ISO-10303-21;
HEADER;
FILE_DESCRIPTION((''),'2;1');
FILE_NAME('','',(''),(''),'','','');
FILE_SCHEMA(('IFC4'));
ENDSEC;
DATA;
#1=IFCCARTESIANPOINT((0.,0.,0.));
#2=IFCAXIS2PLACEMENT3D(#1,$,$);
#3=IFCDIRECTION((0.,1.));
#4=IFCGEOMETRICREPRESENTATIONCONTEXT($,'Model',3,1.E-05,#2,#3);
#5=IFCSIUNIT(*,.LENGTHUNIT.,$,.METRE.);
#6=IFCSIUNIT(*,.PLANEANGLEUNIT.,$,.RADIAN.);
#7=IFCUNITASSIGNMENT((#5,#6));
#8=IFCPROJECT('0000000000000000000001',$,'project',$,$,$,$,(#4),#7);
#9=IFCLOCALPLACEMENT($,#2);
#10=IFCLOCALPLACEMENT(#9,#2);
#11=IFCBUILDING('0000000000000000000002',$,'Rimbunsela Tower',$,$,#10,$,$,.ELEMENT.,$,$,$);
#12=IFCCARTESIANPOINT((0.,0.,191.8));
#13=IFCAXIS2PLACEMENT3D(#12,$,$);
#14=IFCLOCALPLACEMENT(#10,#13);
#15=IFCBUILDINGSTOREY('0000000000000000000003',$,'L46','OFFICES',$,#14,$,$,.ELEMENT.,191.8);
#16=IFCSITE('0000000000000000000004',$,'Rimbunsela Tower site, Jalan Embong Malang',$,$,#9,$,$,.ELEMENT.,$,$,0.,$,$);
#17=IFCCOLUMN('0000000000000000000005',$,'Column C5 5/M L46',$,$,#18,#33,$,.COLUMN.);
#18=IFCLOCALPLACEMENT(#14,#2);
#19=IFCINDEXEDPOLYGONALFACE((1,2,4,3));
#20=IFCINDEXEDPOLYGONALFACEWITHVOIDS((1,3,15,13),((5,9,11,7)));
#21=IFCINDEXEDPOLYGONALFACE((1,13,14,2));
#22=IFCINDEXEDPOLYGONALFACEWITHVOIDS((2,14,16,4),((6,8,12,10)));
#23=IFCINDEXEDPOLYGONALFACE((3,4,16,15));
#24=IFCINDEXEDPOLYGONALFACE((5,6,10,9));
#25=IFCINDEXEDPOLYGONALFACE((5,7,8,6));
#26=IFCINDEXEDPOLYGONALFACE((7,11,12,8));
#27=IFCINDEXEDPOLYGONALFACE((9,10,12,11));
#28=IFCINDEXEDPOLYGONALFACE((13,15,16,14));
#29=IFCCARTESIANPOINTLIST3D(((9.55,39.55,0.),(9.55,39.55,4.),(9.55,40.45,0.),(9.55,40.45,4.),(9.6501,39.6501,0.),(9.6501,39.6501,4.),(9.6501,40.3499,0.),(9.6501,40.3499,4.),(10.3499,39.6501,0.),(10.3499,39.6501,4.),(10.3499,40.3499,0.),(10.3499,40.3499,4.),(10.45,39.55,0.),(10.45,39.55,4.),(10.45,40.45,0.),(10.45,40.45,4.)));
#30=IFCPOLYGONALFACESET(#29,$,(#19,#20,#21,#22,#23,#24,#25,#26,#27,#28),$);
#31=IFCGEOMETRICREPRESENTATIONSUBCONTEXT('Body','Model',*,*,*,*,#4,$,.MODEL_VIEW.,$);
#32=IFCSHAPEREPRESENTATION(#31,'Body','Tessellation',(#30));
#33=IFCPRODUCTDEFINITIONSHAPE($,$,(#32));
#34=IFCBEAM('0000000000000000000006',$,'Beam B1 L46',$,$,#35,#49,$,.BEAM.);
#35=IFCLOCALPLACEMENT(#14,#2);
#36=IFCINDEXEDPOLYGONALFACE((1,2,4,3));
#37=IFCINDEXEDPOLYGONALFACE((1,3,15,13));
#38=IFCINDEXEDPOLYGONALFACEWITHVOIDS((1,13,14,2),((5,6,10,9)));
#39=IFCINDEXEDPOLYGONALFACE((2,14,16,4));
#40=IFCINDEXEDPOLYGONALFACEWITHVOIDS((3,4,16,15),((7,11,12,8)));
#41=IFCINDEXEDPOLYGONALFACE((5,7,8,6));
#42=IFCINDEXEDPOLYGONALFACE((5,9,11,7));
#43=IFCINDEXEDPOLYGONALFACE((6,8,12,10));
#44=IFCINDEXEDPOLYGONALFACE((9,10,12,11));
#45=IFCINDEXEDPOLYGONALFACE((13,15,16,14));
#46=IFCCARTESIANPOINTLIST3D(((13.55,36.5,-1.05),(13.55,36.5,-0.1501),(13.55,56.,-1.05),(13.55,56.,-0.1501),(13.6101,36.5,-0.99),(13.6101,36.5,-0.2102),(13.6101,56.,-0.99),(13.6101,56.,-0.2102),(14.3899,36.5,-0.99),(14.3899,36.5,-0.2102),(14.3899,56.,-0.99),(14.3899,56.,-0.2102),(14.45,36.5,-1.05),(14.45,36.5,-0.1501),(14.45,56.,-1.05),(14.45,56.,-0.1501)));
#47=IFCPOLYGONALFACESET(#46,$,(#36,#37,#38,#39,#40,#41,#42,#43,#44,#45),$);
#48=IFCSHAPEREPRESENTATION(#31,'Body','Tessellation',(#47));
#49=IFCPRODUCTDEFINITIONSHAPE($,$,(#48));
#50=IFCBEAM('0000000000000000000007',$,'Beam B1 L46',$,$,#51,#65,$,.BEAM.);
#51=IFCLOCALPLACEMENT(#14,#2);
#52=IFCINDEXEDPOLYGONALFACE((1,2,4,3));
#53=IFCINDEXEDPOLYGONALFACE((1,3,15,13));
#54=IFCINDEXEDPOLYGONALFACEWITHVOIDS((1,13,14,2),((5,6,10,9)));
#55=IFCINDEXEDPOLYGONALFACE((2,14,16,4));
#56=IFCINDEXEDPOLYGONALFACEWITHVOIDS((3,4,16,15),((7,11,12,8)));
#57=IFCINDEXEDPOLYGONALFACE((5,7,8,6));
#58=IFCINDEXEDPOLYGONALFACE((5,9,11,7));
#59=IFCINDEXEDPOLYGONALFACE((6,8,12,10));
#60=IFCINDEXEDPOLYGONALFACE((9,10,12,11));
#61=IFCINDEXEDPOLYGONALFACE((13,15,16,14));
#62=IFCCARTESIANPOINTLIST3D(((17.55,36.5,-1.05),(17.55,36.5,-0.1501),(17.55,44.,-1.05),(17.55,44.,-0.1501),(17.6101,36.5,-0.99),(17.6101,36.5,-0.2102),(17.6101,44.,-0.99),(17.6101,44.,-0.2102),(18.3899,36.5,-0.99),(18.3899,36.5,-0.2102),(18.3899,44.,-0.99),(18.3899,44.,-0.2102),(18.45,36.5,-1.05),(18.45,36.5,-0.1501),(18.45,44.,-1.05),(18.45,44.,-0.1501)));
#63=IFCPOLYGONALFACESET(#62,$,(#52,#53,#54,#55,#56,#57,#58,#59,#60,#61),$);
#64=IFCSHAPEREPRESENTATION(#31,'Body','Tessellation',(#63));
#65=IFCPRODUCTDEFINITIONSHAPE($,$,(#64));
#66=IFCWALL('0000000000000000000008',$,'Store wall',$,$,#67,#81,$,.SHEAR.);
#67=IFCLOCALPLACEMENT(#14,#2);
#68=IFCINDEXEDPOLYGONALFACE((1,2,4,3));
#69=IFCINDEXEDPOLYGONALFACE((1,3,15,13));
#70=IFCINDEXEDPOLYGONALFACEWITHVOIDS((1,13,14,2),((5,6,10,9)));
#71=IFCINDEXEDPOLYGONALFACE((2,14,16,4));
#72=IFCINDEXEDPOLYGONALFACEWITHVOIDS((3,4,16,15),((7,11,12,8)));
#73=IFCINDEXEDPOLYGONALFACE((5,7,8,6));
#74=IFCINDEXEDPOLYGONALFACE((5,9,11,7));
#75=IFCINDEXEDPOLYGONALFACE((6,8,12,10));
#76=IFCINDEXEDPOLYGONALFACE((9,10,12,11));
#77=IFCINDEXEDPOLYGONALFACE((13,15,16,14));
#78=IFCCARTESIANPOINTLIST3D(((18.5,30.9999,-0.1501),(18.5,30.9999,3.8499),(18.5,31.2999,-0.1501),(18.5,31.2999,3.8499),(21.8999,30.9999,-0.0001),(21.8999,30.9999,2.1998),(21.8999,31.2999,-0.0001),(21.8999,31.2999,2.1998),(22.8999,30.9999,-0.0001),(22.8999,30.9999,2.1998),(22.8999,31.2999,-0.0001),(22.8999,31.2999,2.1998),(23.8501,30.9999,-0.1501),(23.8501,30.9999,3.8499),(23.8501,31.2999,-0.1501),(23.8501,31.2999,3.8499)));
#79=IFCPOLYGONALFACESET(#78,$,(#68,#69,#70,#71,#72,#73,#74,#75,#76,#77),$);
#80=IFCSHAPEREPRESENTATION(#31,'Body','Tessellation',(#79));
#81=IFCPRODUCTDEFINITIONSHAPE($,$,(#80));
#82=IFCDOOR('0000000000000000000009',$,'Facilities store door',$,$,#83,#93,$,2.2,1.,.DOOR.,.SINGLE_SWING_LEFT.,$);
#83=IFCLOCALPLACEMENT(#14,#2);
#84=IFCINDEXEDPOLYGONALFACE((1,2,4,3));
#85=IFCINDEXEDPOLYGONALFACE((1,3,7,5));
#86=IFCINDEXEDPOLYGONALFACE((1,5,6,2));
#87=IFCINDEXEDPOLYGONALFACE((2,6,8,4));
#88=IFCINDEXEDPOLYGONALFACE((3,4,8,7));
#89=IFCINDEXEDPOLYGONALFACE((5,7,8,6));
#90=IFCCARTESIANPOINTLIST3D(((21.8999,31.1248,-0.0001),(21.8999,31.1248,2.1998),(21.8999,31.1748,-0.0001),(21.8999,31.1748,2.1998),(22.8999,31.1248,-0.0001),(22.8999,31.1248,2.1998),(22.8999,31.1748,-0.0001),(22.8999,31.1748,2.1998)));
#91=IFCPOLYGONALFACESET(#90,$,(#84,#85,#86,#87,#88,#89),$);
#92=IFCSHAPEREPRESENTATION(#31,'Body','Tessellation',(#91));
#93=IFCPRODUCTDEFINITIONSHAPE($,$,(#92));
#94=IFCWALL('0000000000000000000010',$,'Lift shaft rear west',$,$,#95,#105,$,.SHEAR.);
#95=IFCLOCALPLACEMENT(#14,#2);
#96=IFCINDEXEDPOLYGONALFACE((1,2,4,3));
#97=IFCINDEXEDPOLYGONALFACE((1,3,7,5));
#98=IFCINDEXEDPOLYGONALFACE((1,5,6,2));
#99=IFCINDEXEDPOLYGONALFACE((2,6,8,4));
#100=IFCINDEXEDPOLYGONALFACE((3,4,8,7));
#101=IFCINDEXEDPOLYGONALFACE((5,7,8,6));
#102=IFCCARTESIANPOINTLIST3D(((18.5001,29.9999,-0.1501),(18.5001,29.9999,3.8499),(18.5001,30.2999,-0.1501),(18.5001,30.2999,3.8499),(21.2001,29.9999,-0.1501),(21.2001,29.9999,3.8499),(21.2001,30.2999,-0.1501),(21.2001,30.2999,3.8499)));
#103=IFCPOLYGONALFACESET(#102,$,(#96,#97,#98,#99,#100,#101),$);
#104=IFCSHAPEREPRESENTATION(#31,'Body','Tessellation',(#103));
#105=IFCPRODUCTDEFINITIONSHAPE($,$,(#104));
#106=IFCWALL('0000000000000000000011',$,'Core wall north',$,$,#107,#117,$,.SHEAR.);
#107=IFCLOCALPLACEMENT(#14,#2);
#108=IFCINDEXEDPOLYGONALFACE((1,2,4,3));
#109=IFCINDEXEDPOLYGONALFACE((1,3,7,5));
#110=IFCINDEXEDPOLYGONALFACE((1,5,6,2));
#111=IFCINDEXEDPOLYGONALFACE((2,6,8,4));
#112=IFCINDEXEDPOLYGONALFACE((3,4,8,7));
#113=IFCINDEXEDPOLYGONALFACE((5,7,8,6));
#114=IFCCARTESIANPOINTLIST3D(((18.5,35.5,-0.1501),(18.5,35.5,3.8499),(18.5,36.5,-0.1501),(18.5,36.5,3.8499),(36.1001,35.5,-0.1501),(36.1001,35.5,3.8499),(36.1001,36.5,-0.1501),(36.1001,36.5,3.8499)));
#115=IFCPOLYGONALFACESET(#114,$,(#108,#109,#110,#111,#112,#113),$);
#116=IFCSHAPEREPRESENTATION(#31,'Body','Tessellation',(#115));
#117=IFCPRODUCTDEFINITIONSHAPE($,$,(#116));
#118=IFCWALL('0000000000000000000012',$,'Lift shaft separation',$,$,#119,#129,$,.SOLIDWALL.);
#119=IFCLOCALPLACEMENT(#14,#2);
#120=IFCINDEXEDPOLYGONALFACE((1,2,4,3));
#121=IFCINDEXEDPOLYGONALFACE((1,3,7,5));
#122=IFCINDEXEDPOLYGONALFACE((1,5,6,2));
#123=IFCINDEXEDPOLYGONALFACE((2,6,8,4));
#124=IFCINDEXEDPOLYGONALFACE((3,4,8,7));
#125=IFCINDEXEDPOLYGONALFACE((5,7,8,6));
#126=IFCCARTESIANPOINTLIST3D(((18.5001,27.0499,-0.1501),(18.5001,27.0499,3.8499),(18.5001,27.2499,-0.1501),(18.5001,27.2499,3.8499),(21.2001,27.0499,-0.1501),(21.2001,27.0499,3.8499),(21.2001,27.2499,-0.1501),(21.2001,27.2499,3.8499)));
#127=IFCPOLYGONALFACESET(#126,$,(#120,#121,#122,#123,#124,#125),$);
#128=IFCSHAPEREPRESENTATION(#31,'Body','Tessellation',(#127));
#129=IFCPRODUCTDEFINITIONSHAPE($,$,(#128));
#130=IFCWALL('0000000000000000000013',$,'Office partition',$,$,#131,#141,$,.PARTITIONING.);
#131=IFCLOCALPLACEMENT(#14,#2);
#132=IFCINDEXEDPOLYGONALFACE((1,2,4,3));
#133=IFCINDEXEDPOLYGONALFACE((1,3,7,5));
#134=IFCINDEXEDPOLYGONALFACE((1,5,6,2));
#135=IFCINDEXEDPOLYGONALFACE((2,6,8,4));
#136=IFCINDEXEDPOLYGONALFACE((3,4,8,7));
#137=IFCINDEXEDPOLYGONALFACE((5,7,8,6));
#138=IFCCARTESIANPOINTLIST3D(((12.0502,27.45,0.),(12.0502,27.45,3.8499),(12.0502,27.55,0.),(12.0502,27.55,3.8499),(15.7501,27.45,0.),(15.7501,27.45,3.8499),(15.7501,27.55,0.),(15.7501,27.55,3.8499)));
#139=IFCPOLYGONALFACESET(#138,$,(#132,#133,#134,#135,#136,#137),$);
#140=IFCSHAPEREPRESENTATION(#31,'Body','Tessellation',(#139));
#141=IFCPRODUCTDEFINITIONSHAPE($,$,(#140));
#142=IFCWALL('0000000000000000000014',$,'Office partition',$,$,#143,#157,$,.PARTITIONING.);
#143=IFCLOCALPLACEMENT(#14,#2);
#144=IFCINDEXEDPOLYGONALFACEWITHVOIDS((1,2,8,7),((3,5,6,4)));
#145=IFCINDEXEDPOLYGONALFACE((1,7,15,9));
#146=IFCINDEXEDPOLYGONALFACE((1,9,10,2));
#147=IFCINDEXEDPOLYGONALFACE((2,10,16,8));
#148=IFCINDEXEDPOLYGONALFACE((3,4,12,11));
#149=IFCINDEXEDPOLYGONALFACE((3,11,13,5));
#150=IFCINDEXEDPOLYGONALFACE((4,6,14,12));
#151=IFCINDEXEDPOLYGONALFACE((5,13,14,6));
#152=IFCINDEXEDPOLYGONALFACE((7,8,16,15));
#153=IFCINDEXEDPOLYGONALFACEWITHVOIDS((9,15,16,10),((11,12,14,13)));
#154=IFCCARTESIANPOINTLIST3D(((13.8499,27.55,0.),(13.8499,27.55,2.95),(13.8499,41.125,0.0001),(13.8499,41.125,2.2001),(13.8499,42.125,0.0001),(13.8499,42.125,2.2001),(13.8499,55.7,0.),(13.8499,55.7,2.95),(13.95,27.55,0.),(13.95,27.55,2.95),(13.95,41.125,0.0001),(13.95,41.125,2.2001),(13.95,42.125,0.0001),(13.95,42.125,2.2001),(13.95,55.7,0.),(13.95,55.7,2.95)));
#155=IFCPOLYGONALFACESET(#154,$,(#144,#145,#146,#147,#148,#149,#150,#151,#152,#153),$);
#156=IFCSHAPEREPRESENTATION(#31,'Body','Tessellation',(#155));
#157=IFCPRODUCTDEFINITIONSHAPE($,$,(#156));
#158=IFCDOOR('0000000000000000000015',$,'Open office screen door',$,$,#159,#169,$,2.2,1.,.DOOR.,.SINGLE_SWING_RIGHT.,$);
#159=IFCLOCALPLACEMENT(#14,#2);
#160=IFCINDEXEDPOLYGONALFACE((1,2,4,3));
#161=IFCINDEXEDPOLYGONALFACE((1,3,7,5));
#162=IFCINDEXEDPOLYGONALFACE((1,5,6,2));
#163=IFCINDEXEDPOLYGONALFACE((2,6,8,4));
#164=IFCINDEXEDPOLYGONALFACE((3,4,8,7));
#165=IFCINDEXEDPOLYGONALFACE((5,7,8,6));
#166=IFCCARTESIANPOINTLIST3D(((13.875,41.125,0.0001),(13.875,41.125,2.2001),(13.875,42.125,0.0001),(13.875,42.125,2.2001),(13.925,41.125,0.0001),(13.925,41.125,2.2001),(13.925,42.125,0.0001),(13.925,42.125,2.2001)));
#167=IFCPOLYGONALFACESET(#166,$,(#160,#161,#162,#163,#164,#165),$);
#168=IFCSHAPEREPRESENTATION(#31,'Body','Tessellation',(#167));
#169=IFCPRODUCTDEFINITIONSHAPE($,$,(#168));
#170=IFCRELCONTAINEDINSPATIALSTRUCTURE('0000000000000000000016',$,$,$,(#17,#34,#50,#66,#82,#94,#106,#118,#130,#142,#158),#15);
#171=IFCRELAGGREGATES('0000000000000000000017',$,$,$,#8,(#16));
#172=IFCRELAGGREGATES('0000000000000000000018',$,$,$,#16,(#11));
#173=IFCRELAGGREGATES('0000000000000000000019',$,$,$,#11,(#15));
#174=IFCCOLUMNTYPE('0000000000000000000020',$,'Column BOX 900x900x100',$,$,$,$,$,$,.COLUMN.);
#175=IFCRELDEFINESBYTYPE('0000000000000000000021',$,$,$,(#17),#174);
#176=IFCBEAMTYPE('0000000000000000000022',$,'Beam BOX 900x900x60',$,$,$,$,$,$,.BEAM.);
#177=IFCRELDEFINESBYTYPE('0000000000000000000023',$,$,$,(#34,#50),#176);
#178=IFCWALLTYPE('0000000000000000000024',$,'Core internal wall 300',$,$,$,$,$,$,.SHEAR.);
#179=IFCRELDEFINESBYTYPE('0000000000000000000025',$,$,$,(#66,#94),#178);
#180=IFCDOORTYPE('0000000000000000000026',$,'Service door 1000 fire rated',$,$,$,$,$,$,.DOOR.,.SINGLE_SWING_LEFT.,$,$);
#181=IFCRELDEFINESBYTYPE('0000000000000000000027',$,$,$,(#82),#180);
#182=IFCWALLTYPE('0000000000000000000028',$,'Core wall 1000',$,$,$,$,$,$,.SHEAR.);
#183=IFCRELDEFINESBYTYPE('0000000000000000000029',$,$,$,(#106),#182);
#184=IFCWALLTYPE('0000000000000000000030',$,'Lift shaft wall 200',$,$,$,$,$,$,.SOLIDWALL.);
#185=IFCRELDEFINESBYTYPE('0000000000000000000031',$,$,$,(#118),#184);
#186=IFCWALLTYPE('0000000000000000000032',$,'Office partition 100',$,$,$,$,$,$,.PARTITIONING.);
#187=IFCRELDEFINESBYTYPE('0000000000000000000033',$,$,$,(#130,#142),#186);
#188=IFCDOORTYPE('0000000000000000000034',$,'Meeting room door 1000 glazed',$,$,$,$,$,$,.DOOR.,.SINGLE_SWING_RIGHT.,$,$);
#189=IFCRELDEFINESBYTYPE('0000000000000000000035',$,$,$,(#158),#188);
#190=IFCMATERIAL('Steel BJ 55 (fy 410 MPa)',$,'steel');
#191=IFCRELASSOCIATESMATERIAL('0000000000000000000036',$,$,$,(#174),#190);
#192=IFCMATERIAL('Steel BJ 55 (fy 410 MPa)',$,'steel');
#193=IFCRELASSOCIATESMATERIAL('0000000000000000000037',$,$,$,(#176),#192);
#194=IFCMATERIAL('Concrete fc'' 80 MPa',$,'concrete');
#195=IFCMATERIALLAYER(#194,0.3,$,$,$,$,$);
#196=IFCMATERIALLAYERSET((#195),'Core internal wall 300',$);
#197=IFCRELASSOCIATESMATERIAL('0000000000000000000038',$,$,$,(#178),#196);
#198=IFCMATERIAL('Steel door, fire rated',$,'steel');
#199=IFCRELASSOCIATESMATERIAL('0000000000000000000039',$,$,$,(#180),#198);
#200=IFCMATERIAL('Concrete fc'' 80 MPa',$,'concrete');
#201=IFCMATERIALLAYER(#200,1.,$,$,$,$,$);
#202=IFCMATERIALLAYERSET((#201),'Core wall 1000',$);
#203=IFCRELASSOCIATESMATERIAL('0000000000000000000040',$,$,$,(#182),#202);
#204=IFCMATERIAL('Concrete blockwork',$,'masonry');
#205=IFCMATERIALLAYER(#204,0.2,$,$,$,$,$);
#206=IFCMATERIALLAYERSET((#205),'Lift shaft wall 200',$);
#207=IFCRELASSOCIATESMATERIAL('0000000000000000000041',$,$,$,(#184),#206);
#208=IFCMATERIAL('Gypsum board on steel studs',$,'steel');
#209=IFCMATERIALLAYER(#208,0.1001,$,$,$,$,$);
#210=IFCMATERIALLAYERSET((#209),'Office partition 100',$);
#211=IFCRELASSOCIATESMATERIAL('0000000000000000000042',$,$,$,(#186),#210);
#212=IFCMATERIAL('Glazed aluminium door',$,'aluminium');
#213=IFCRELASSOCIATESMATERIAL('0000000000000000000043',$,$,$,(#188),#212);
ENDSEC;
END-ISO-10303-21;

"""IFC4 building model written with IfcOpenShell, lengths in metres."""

from ifc_helpers import new_model, si_unit, direction, frame, frame_2d, origin, origin_2d, place, context, subcontext, project, spatial, rectangle, hollow_rectangle, extrude, material, layer, layer_set, material_profile, profile_set, type_object, element, fill, save


model = new_model("IFC4")

# Units and contexts
model_context = context("Model", 3, precision=1e-05, world=origin(), true_north=direction((0.0, 1.0)))
body_context = subcontext(model_context, "Body", "Model", "MODEL_VIEW")
ifc_project = project(units=[si_unit("LENGTHUNIT", "METRE"), si_unit("PLANEANGLEUNIT", "RADIAN")], contexts=[model_context])

# Site, building, storey
site_placement = place(None, origin())
site = spatial("IfcSite", under=ifc_project, at=site_placement, Name="Rimbunsela Tower site, Jalan Embong Malang", CompositionType="ELEMENT", RefElevation=0.0)
building_placement = place(site_placement, origin())
building = spatial("IfcBuilding", under=site, at=building_placement, Name="Rimbunsela Tower", CompositionType="ELEMENT")
storey_placement = place(building_placement, frame((0.0, 0.0, 191.8)))
storey = spatial("IfcBuildingStorey", under=building, at=storey_placement, Name="L46", Description="OFFICES", CompositionType="ELEMENT", Elevation=191.8)

# Column
ifc_material_1 = material(Name="Steel BJ 55 (fy 410 MPa)", Category="steel")
ifc_material_profile_1 = material_profile(ifc_material_1, hollow_rectangle(XDim=0.8999, YDim=0.8999, WallThickness=0.1001, at=origin_2d()), Name="BOX 900x900x100")
ifc_profile_set_1 = profile_set([ifc_material_profile_1], Name="Steel BJ 55 (fy 410 MPa)")
column_type = type_object("IfcColumnType", Name="Column BOX 900x900x100", PredefinedType="COLUMN", material=ifc_profile_set_1)
column_placement = place(storey_placement, frame((10.0, 40.0, 0.0), z_axis=(0.0, 0.0, 1.0), x_axis=(1.0, 0.0, 0.0)))
element("IfcColumn", 1, at=column_placement, inside=storey, type_object=column_type, Name="Column C5 5/M L46", PredefinedType="COLUMN", context=body_context, shape_type="SweptSolid", body=[
    extrude(hollow_rectangle(XDim=0.8999, YDim=0.8999, WallThickness=0.1001, at=origin_2d()), origin(), (0.0, 0.0, 1.0), 4.0),
])

# Beams
ifc_material_2 = material(Name="Steel BJ 55 (fy 410 MPa)", Category="steel")
ifc_material_profile_2 = material_profile(ifc_material_2, hollow_rectangle(XDim=0.8999, YDim=0.8999, WallThickness=0.0601, at=origin_2d()), Name="BOX 900x900x60")
ifc_profile_set_2 = profile_set([ifc_material_profile_2], Name="Steel BJ 55 (fy 410 MPa)")
beam_type = type_object("IfcBeamType", Name="Beam BOX 900x900x60", PredefinedType="BEAM", material=ifc_profile_set_2)
beam_1_placement = place(storey_placement, frame((14.0, 36.5, -0.6001), z_axis=(0.0, 1.0, 0.0), x_axis=(-1.0, 0.0, 0.0)))
element("IfcBeam", 2, at=beam_1_placement, inside=storey, type_object=beam_type, Name="Beam B1 L46", PredefinedType="BEAM", context=body_context, shape_type="SweptSolid", body=[
    extrude(hollow_rectangle(XDim=0.8999, YDim=0.8999, WallThickness=0.0601, at=origin_2d()), origin(), (0.0, 0.0, 1.0), 19.5),
])
beam_2_placement = place(storey_placement, frame((18.0, 36.5, -0.6001), z_axis=(0.0, 1.0, 0.0), x_axis=(-1.0, 0.0, 0.0)))
element("IfcBeam", 3, at=beam_2_placement, inside=storey, type_object=beam_type, Name="Beam B1 L46", PredefinedType="BEAM", context=body_context, shape_type="SweptSolid", body=[
    extrude(hollow_rectangle(XDim=0.8999, YDim=0.8999, WallThickness=0.0601, at=origin_2d()), origin(), (0.0, 0.0, 1.0), 7.5),
])

# Wall, opening, door
ifc_material_3 = material(Name="Concrete fc' 80 MPa", Category="concrete")
ifc_layer_1 = layer(ifc_material_3, 0.3)
ifc_layer_set_1 = layer_set([ifc_layer_1], Name="Core internal wall 300")
wall_type_1 = type_object("IfcWallType", Name="Core internal wall 300", PredefinedType="SHEAR", material=ifc_layer_set_1)
wall_1_placement = place(storey_placement, frame((18.5, 31.1499, -0.1501), z_axis=(0.0, 0.0, 1.0), x_axis=(1.0, 0.0, 0.0)))
wall_1 = element("IfcWall", 4, at=wall_1_placement, inside=storey, type_object=wall_type_1, Name="Store wall", PredefinedType="SHEAR", context=body_context, shape_type="SweptSolid", body=[
    extrude(rectangle(XDim=5.3501, YDim=0.3, at=frame_2d((2.675, 0.0))), origin(), (0.0, 0.0, 1.0), 4.0),
])
opening_1_placement = place(wall_1_placement, frame((3.3999, 0.0, 0.1499)))
opening_1 = element("IfcOpeningElement", 5, at=opening_1_placement, cuts=wall_1, PredefinedType="OPENING", context=body_context, shape_type="SweptSolid", body=[
    extrude(rectangle(XDim=1.0, YDim=2.2, at=frame_2d((0.5, 1.1001))), frame((0.0, 0.1599, 0.0), z_axis=(0.0, -1.0, 0.0), x_axis=(1.0, 0.0, 0.0)), (0.0, 0.0, 1.0), 0.3201),
])
ifc_material_4 = material(Name="Steel door, fire rated", Category="steel")
door_type_1 = type_object("IfcDoorType", Name="Service door 1000 fire rated", OperationType="SINGLE_SWING_LEFT", PredefinedType="DOOR", material=ifc_material_4)
door_1_placement = place(opening_1_placement, origin())
door_1 = element("IfcDoor", 6, at=door_1_placement, inside=storey, type_object=door_type_1, Name="Facilities store door", OperationType="SINGLE_SWING_LEFT", OverallHeight=2.2, OverallWidth=1.0, PredefinedType="DOOR", context=body_context, shape_type="SweptSolid", body=[
    extrude(rectangle(XDim=1.0, YDim=2.2, at=frame_2d((0.5, 1.1001))), frame((0.0, 0.0249, 0.0), z_axis=(0.0, -1.0, 0.0), x_axis=(1.0, 0.0, 0.0)), (0.0, 0.0, 1.0), 0.05),
])
fill(opening_1, door_1)

# Walls
wall_2_placement = place(storey_placement, frame((18.5, 30.1499, -0.1501), z_axis=(0.0, 0.0, 1.0), x_axis=(1.0, 0.0, 0.0)))
element("IfcWall", 7, at=wall_2_placement, inside=storey, type_object=wall_type_1, Name="Lift shaft rear west", PredefinedType="SHEAR", context=body_context, shape_type="SweptSolid", body=[
    extrude(rectangle(XDim=2.7, YDim=0.3, at=frame_2d((1.3501, 0.0))), origin(), (0.0, 0.0, 1.0), 4.0),
])
ifc_material_5 = material(Name="Concrete fc' 80 MPa", Category="concrete")
ifc_layer_2 = layer(ifc_material_5, 1.0)
ifc_layer_set_2 = layer_set([ifc_layer_2], Name="Core wall 1000")
wall_type_2 = type_object("IfcWallType", Name="Core wall 1000", PredefinedType="SHEAR", material=ifc_layer_set_2)
wall_3_placement = place(storey_placement, frame((18.5, 36.0, -0.1501), z_axis=(0.0, 0.0, 1.0), x_axis=(1.0, 0.0, 0.0)))
element("IfcWall", 8, at=wall_3_placement, inside=storey, type_object=wall_type_2, Name="Core wall north", PredefinedType="SHEAR", context=body_context, shape_type="SweptSolid", body=[
    extrude(rectangle(XDim=17.6001, YDim=1.0, at=frame_2d((8.8, 0.0))), origin(), (0.0, 0.0, 1.0), 4.0),
])
ifc_material_6 = material(Name="Concrete blockwork", Category="masonry")
ifc_layer_3 = layer(ifc_material_6, 0.2)
ifc_layer_set_3 = layer_set([ifc_layer_3], Name="Lift shaft wall 200")
wall_type_3 = type_object("IfcWallType", Name="Lift shaft wall 200", PredefinedType="SOLIDWALL", material=ifc_layer_set_3)
wall_4_placement = place(storey_placement, frame((18.5, 27.1499, -0.1501), z_axis=(0.0, 0.0, 1.0), x_axis=(1.0, 0.0, 0.0)))
element("IfcWall", 9, at=wall_4_placement, inside=storey, type_object=wall_type_3, Name="Lift shaft separation", PredefinedType="SOLIDWALL", context=body_context, shape_type="SweptSolid", body=[
    extrude(rectangle(XDim=2.7, YDim=0.2, at=frame_2d((1.3501, 0.0))), origin(), (0.0, 0.0, 1.0), 4.0),
])
ifc_material_7 = material(Name="Gypsum board on steel studs", Category="steel")
ifc_layer_4 = layer(ifc_material_7, 0.1001)
ifc_layer_set_4 = layer_set([ifc_layer_4], Name="Office partition 100")
wall_type_4 = type_object("IfcWallType", Name="Office partition 100", PredefinedType="PARTITIONING", material=ifc_layer_set_4)
wall_5_placement = place(storey_placement, frame((12.05, 27.5, 0.0), z_axis=(0.0, 0.0, 1.0), x_axis=(1.0, 0.0, 0.0)))
element("IfcWall", 10, at=wall_5_placement, inside=storey, type_object=wall_type_4, Name="Office partition", PredefinedType="PARTITIONING", context=body_context, shape_type="SweptSolid", body=[
    extrude(rectangle(XDim=3.7, YDim=0.1001, at=frame_2d((1.8501, 0.0))), origin(), (0.0, 0.0, 1.0), 3.8499),
])

# Wall, opening, door
wall_6_placement = place(storey_placement, frame((13.8999, 27.55, 0.0), z_axis=(0.0, 0.0, 1.0), x_axis=(0.0, 1.0, 0.0)))
wall_6 = element("IfcWall", 11, at=wall_6_placement, inside=storey, type_object=wall_type_4, Name="Office partition", PredefinedType="PARTITIONING", context=body_context, shape_type="SweptSolid", body=[
    extrude(rectangle(XDim=28.1499, YDim=0.1001, at=frame_2d((14.075, 0.0))), origin(), (0.0, 0.0, 1.0), 2.95),
])
opening_2_placement = place(wall_6_placement, frame((13.575, 0.0, 0.0)))
opening_2 = element("IfcOpeningElement", 12, at=opening_2_placement, cuts=wall_6, PredefinedType="OPENING", context=body_context, shape_type="SweptSolid", body=[
    extrude(rectangle(XDim=1.0, YDim=2.2, at=frame_2d((0.5, 1.1001))), frame((0.0, 0.0601, 0.0), z_axis=(0.0, -1.0, 0.0), x_axis=(1.0, 0.0, 0.0)), (0.0, 0.0, 1.0), 0.1201),
])
ifc_material_8 = material(Name="Glazed aluminium door", Category="aluminium")
door_type_2 = type_object("IfcDoorType", Name="Meeting room door 1000 glazed", OperationType="SINGLE_SWING_RIGHT", PredefinedType="DOOR", material=ifc_material_8)
door_2_placement = place(opening_2_placement, origin())
door_2 = element("IfcDoor", 13, at=door_2_placement, inside=storey, type_object=door_type_2, Name="Open office screen door", OperationType="SINGLE_SWING_RIGHT", OverallHeight=2.2, OverallWidth=1.0, PredefinedType="DOOR", context=body_context, shape_type="SweptSolid", body=[
    extrude(rectangle(XDim=1.0, YDim=2.2, at=frame_2d((0.5, 1.1001))), frame((0.0, 0.0249, 0.0), z_axis=(0.0, -1.0, 0.0), x_axis=(1.0, 0.0, 0.0)), (0.0, 0.0, 1.0), 0.05),
])
fill(opening_2, door_2)

save(model, "model.ifc")
